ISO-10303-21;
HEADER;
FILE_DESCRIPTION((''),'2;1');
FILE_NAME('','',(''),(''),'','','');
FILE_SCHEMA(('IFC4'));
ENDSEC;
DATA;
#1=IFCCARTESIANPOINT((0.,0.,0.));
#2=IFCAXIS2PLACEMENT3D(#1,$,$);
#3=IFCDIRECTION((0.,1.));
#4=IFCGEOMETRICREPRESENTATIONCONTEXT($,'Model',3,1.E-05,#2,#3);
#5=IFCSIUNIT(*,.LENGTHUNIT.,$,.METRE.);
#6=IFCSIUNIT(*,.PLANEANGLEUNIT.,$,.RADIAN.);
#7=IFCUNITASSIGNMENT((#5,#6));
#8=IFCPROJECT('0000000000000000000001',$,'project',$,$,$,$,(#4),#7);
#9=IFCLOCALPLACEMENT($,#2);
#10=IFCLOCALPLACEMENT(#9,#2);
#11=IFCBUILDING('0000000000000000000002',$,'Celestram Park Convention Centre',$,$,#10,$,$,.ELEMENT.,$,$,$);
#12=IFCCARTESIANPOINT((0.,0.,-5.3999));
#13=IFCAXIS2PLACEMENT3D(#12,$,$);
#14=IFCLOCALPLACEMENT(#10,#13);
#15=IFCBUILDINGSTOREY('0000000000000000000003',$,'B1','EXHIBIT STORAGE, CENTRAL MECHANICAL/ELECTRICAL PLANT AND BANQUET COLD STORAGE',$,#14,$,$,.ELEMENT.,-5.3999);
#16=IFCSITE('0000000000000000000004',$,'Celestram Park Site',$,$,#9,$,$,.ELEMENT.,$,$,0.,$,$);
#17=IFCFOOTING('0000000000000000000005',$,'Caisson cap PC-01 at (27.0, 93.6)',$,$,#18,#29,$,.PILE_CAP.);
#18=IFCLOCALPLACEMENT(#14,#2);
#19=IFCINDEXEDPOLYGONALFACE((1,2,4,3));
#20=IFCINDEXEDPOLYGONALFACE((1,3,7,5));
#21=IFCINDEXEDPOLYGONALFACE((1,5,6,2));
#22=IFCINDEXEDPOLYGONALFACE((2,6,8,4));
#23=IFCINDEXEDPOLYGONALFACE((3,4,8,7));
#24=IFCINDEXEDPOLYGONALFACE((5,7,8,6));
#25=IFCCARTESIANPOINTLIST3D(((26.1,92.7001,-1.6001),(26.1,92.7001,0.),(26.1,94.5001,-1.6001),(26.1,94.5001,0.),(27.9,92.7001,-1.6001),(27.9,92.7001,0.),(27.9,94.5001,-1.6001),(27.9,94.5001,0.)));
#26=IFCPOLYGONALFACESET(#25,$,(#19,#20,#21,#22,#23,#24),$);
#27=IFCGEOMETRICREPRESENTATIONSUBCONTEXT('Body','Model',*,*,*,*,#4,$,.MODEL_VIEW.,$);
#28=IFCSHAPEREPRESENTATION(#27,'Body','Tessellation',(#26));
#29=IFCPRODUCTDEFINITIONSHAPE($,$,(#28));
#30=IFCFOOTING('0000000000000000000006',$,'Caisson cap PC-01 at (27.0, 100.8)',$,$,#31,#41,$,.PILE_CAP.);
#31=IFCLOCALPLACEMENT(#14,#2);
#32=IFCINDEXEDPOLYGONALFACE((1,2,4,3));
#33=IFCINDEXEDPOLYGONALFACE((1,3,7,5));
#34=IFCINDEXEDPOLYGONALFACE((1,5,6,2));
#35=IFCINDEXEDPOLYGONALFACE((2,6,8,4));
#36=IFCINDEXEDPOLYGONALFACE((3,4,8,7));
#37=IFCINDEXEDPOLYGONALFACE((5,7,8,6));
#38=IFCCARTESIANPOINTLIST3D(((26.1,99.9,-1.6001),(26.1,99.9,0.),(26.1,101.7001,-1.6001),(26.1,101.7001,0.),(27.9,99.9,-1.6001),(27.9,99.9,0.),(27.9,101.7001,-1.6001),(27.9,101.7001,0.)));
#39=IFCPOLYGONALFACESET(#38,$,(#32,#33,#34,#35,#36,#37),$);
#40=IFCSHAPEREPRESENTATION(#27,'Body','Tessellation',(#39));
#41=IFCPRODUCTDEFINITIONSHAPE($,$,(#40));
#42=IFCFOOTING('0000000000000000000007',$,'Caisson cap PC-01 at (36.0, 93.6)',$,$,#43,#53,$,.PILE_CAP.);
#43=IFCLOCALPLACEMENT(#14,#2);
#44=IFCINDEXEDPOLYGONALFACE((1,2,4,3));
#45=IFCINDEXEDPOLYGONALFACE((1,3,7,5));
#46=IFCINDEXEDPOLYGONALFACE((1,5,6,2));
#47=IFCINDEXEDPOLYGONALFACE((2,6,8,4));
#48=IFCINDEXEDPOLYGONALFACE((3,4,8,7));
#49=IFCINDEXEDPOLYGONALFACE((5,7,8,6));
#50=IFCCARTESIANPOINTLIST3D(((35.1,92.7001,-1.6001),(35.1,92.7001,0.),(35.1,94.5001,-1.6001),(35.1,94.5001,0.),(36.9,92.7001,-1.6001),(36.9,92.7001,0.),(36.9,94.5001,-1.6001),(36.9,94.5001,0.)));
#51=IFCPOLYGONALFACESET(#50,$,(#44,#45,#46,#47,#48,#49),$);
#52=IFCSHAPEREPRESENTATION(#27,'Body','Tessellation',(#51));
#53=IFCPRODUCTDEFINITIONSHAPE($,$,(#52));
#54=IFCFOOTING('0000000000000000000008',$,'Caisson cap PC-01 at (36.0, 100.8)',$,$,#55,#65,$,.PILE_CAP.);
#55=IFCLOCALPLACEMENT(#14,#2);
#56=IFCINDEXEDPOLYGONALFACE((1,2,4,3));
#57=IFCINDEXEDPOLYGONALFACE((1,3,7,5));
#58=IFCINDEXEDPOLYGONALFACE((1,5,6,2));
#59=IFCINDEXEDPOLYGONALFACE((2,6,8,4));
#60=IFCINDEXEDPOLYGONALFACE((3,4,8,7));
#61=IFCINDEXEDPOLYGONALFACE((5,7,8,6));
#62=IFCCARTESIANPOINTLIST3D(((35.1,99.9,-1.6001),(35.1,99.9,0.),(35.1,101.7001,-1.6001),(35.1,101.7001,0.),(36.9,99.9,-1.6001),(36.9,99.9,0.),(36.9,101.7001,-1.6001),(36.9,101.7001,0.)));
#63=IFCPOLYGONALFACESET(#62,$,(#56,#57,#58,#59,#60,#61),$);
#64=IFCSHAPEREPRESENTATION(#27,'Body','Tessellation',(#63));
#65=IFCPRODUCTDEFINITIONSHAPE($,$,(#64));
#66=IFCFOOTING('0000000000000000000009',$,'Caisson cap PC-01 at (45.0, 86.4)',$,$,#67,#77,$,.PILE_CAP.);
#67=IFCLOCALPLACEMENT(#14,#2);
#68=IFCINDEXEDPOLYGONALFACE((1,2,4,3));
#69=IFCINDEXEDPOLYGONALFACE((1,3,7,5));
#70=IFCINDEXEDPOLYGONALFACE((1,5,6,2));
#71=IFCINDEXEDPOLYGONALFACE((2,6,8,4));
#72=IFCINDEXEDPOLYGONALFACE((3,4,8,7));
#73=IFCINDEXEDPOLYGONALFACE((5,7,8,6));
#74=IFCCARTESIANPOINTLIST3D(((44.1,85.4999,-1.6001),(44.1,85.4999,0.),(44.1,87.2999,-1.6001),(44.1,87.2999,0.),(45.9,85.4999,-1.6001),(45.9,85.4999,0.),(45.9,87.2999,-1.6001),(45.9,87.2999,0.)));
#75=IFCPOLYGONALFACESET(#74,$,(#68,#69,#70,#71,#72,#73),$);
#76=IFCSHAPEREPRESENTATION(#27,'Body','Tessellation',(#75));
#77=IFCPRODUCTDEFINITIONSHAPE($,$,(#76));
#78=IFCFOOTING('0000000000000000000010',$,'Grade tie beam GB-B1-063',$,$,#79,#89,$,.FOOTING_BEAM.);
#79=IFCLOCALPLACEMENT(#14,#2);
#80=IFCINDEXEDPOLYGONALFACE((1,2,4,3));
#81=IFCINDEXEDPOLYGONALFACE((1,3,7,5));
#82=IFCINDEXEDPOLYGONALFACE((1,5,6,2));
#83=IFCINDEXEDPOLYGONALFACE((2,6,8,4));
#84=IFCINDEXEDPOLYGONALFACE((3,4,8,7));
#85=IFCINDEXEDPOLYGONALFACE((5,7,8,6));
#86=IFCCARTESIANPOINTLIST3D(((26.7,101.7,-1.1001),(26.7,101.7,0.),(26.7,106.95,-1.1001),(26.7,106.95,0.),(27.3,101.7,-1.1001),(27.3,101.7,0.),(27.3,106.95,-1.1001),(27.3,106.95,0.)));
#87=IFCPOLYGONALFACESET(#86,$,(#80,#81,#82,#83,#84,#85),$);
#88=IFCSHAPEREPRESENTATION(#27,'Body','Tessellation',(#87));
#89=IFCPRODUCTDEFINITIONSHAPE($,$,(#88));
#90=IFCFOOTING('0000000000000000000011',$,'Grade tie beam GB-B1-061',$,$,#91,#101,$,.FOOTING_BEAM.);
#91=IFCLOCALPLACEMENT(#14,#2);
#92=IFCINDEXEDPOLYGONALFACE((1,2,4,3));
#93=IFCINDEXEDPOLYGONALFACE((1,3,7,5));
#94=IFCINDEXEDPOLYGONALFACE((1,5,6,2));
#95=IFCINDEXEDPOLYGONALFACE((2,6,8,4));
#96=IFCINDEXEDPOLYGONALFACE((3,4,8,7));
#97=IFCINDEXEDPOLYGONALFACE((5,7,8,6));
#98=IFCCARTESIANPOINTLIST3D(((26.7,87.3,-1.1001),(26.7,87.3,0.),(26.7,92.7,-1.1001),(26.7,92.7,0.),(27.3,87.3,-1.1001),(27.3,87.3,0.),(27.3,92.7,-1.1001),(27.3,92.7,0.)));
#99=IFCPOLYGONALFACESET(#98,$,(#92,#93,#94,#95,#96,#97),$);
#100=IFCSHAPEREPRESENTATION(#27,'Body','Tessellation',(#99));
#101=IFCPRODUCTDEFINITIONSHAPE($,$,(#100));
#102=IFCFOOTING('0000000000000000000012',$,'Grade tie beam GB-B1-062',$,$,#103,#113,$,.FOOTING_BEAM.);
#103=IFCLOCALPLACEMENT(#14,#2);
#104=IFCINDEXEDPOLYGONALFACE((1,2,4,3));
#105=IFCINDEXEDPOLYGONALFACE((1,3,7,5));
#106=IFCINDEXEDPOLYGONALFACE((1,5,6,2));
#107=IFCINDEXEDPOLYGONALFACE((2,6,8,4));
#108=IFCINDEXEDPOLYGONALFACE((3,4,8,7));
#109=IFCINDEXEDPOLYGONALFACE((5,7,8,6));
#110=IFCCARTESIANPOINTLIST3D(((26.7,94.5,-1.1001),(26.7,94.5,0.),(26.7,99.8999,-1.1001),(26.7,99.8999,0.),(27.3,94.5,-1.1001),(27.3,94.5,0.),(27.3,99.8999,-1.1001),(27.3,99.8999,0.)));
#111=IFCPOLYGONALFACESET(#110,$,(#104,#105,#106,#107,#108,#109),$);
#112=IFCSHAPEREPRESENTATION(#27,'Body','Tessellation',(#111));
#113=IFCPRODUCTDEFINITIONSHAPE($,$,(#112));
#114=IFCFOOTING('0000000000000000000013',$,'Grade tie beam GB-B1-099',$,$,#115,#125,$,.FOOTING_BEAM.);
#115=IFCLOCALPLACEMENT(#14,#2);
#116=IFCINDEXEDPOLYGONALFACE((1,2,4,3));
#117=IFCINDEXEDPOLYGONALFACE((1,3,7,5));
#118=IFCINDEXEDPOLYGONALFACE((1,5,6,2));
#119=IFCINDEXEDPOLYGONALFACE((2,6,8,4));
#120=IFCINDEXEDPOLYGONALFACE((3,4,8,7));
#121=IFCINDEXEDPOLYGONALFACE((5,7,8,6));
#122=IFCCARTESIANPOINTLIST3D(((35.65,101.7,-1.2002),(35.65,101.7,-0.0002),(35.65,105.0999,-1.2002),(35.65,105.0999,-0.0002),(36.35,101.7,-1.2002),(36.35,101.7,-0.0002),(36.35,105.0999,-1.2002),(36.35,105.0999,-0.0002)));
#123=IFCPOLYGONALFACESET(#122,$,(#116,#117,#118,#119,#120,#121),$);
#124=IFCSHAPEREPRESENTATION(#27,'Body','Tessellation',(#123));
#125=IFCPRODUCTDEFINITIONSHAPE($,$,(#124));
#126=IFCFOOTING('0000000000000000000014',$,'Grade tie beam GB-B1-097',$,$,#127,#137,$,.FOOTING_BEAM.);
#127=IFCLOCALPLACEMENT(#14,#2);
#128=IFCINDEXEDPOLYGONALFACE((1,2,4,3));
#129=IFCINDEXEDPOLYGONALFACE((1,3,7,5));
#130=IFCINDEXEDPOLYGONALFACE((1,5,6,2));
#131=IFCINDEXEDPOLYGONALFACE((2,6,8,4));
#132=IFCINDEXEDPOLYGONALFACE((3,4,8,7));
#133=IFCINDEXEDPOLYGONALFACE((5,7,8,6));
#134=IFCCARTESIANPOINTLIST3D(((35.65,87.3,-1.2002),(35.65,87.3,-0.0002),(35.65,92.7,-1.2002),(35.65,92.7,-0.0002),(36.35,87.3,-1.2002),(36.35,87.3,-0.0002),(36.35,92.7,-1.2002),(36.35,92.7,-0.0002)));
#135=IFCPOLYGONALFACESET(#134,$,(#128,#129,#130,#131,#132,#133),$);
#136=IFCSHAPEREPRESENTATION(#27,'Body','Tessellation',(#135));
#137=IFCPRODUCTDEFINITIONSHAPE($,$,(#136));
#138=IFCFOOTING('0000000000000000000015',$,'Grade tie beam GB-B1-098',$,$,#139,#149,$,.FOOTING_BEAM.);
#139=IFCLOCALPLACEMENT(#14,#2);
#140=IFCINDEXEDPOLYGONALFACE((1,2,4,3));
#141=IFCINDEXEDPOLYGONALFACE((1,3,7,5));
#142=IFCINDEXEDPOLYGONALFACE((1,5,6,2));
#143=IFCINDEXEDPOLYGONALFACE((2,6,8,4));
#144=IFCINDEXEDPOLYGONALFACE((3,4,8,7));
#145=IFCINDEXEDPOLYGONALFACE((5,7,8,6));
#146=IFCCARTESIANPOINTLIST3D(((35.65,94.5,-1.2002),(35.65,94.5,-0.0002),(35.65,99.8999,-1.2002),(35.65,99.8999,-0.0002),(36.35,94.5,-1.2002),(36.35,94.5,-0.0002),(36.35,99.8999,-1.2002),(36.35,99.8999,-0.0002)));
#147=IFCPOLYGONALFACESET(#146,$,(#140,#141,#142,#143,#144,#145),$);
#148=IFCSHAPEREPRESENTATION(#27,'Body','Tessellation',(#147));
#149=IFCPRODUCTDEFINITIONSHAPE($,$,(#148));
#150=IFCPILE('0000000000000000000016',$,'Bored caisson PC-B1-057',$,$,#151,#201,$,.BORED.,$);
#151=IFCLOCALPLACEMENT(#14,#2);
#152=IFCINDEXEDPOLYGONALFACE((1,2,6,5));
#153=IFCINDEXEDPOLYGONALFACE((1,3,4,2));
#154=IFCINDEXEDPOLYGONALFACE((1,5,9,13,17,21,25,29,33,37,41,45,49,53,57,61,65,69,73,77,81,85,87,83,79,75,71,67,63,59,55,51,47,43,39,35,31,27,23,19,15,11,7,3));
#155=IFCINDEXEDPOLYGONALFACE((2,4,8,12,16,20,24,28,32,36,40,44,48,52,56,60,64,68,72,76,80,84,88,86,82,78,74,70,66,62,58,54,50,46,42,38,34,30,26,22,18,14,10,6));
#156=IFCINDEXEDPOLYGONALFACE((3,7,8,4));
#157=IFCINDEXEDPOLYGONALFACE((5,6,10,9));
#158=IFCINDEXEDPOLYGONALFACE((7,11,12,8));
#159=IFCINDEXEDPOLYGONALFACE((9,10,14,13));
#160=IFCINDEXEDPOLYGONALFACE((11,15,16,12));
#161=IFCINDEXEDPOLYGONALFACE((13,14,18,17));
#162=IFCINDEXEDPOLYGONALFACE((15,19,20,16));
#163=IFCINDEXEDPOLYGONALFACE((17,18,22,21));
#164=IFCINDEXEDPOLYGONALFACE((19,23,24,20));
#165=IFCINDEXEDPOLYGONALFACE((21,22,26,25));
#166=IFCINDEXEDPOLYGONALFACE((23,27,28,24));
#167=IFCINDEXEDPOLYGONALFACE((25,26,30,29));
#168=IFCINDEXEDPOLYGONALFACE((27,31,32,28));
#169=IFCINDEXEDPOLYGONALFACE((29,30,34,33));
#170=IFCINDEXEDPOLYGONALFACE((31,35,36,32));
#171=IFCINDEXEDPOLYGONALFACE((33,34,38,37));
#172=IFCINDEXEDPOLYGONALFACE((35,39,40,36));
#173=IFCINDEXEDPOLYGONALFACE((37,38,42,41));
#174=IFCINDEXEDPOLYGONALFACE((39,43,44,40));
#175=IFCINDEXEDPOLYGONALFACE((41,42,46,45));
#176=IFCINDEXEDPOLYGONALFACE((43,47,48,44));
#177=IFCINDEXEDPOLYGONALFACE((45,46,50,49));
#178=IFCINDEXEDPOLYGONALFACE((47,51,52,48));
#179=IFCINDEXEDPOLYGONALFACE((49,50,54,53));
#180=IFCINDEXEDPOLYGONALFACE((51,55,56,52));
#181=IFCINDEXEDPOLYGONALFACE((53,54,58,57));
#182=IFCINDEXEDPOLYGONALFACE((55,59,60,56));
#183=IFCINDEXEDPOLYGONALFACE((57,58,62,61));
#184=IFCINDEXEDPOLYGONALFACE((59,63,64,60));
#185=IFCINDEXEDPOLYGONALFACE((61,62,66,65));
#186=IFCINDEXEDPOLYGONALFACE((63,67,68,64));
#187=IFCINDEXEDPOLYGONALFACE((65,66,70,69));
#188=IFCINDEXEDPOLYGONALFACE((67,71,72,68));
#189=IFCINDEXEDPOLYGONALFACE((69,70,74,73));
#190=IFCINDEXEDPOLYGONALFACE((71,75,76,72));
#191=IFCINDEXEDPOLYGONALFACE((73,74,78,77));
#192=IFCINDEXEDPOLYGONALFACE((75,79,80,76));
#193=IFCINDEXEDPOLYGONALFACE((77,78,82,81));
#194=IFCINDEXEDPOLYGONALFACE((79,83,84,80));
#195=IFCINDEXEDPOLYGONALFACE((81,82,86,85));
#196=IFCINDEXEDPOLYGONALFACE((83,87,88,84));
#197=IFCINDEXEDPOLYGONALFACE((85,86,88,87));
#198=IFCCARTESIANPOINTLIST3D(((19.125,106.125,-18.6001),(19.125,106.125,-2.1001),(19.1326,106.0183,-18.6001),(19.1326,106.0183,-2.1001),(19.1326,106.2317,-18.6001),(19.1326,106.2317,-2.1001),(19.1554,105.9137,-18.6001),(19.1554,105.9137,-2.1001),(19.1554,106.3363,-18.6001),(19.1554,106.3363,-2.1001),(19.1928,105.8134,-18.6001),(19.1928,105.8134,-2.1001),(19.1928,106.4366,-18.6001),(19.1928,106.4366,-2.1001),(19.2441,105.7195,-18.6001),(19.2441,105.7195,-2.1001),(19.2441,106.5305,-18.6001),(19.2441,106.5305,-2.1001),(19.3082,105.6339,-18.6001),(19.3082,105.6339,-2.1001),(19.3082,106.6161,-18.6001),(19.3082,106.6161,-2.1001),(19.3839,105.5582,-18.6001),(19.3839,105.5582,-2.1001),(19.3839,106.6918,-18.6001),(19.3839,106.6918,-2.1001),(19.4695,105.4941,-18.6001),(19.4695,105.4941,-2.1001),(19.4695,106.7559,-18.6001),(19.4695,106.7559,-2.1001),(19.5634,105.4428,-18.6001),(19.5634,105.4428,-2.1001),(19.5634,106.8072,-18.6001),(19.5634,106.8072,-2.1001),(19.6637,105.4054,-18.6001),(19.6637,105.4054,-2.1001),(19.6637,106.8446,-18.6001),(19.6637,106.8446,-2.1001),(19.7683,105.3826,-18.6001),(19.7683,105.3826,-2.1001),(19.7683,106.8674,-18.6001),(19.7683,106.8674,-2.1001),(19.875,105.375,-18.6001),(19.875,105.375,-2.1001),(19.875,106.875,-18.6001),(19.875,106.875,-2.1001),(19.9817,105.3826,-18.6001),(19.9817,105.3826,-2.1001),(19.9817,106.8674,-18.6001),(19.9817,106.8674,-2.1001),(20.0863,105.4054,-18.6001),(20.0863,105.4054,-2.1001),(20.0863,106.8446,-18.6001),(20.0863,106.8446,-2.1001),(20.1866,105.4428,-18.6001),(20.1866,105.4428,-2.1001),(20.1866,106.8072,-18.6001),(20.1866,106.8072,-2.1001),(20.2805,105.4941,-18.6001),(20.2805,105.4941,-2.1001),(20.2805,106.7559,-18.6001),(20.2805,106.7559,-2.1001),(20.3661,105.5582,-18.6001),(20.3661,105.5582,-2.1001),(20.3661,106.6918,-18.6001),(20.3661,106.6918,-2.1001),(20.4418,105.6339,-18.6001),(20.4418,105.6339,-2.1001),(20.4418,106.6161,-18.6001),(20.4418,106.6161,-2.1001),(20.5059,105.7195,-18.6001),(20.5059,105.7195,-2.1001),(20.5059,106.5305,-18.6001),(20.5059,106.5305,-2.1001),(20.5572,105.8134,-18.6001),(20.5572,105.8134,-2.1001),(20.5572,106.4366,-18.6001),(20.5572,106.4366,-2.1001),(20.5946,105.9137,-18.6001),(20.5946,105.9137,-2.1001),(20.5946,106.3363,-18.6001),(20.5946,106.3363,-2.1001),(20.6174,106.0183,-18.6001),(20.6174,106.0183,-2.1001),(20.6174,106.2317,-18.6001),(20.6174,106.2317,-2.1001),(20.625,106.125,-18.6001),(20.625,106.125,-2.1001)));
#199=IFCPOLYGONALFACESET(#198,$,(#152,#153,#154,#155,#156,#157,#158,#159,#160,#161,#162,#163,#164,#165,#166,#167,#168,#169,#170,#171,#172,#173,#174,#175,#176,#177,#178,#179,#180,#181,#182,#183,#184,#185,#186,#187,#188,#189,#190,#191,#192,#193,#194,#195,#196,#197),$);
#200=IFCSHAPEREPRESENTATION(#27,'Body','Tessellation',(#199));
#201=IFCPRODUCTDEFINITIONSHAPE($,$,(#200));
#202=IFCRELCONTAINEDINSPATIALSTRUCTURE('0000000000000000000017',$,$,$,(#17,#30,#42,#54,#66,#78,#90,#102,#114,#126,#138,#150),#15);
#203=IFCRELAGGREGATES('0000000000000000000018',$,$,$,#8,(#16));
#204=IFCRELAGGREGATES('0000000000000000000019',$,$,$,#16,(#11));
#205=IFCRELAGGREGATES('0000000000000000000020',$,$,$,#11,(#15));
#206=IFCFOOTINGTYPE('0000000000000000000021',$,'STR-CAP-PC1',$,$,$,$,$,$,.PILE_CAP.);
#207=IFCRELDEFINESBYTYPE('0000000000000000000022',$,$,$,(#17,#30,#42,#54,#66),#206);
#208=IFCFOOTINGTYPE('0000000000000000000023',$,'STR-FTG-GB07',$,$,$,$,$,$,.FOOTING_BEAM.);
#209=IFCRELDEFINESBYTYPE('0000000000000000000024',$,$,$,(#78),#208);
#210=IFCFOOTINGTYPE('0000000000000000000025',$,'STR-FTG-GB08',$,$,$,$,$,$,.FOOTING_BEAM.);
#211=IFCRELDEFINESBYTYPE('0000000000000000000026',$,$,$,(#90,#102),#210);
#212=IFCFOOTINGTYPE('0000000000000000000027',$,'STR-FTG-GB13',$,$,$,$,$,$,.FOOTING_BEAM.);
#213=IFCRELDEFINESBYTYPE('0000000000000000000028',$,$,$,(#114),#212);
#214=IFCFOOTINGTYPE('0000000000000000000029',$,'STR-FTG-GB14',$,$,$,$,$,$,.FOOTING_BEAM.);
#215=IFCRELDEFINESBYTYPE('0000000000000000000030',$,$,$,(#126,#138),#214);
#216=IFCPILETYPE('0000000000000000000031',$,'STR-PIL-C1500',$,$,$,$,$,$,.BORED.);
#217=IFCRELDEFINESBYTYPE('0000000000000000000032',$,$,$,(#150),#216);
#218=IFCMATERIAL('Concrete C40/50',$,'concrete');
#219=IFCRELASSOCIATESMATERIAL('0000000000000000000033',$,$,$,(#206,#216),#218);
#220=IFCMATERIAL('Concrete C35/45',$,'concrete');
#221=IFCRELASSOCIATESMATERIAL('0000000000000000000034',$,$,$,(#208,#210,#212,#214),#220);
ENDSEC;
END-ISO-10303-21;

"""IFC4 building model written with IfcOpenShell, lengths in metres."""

from ifc_helpers import new_model, si_unit, direction, frame, origin, origin_2d, place, context, subcontext, project, spatial, rectangle, circle, extrude, material, material_profile, profile_set, type_object, element, save


model = new_model("IFC4")

# Units and contexts
model_context = context("Model", 3, precision=1e-05, world=origin(), true_north=direction((0.0, 1.0)))
body_context = subcontext(model_context, "Body", "Model", "MODEL_VIEW")
ifc_project = project(units=[si_unit("LENGTHUNIT", "METRE"), si_unit("PLANEANGLEUNIT", "RADIAN")], contexts=[model_context])

# Site, building, storey
site_placement = place(None, origin())
site = spatial("IfcSite", under=ifc_project, at=site_placement, Name="Celestram Park Site", CompositionType="ELEMENT", RefElevation=0.0)
building_placement = place(site_placement, origin())
building = spatial("IfcBuilding", under=site, at=building_placement, Name="Celestram Park Convention Centre", CompositionType="ELEMENT")
storey_placement = place(building_placement, frame((0.0, 0.0, -5.3999)))
storey = spatial("IfcBuildingStorey", under=building, at=storey_placement, Name="B1", Description="EXHIBIT STORAGE, CENTRAL MECHANICAL/ELECTRICAL PLANT AND BANQUET COLD STORAGE", CompositionType="ELEMENT", Elevation=-5.3999)

# Footings
ifc_material_1 = material(Name="Concrete C40/50", Category="concrete")
footing_type_1 = type_object("IfcFootingType", Name="STR-CAP-PC1", PredefinedType="PILE_CAP", material=ifc_material_1)
for number, where, z_axis, x_axis, name in (
    (1, (27.0, 93.6001, -1.6001), (0.0, 0.0, 1.0), (1.0, 0.0, 0.0), "Caisson cap PC-01 at (27.0, 93.6)"),
    (2, (27.0, 100.8, -1.6001), (0.0, 0.0, 1.0), (1.0, 0.0, 0.0), "Caisson cap PC-01 at (27.0, 100.8)"),
    (3, (36.0, 93.6001, -1.6001), (0.0, 0.0, 1.0), (1.0, 0.0, 0.0), "Caisson cap PC-01 at (36.0, 93.6)"),
    (4, (36.0, 100.8, -1.6001), (0.0, 0.0, 1.0), (1.0, 0.0, 0.0), "Caisson cap PC-01 at (36.0, 100.8)"),
    (5, (45.0, 86.3999, -1.6001), (0.0, 0.0, 1.0), (1.0, 0.0, 0.0), "Caisson cap PC-01 at (45.0, 86.4)"),
):
    element("IfcFooting", number, at=place(storey_placement, frame(where, z_axis=z_axis, x_axis=x_axis)), inside=storey, type_object=footing_type_1, Name=name, PredefinedType="PILE_CAP", context=body_context, shape_type="SweptSolid", body=[
        extrude(rectangle(XDim=1.8, YDim=1.8, at=origin_2d()), origin(), (0.0, 0.0, 1.0), 1.6001),
    ])
ifc_material_2 = material(Name="Concrete C35/45", Category="concrete")
footing_type_2 = type_object("IfcFootingType", Name="STR-FTG-GB07", PredefinedType="FOOTING_BEAM", material=ifc_material_2)
footing_1_placement = place(storey_placement, frame((27.0, 104.325, -1.1001), z_axis=(0.0, 0.0, 1.0), x_axis=(0.0, 1.0, 0.0)))
element("IfcFooting", 6, at=footing_1_placement, inside=storey, type_object=footing_type_2, Name="Grade tie beam GB-B1-063", PredefinedType="FOOTING_BEAM", context=body_context, shape_type="SweptSolid", body=[
    extrude(rectangle(XDim=5.25, YDim=0.6001, at=origin_2d()), origin(), (0.0, 0.0, 1.0), 1.1001),
])
footing_type_3 = type_object("IfcFootingType", Name="STR-FTG-GB08", PredefinedType="FOOTING_BEAM", material=ifc_material_2)
for number, where, z_axis, x_axis, name in (
    (7, (27.0, 90.0, -1.1001), (0.0, 0.0, 1.0), (0.0, 1.0, 0.0), "Grade tie beam GB-B1-061"),
    (8, (27.0, 97.2, -1.1001), (0.0, 0.0, 1.0), (0.0, 1.0, 0.0), "Grade tie beam GB-B1-062"),
):
    element("IfcFooting", number, at=place(storey_placement, frame(where, z_axis=z_axis, x_axis=x_axis)), inside=storey, type_object=footing_type_3, Name=name, PredefinedType="FOOTING_BEAM", context=body_context, shape_type="SweptSolid", body=[
        extrude(rectangle(XDim=5.3999, YDim=0.6001, at=origin_2d()), origin(), (0.0, 0.0, 1.0), 1.1001),
    ])
footing_type_4 = type_object("IfcFootingType", Name="STR-FTG-GB13", PredefinedType="FOOTING_BEAM", material=ifc_material_2)
footing_2_placement = place(storey_placement, frame((36.0, 103.3999, -1.2002), z_axis=(0.0, 0.0, 1.0), x_axis=(0.0, 1.0, 0.0)))
element("IfcFooting", 9, at=footing_2_placement, inside=storey, type_object=footing_type_4, Name="Grade tie beam GB-B1-099", PredefinedType="FOOTING_BEAM", context=body_context, shape_type="SweptSolid", body=[
    extrude(rectangle(XDim=3.3999, YDim=0.7, at=origin_2d()), origin(), (0.0, 0.0, 1.0), 1.2),
])
footing_type_5 = type_object("IfcFootingType", Name="STR-FTG-GB14", PredefinedType="FOOTING_BEAM", material=ifc_material_2)
for number, where, z_axis, x_axis, name in (
    (10, (36.0, 90.0, -1.2002), (0.0, 0.0, 1.0), (0.0, 1.0, 0.0), "Grade tie beam GB-B1-097"),
    (11, (36.0, 97.2, -1.2002), (0.0, 0.0, 1.0), (0.0, 1.0, 0.0), "Grade tie beam GB-B1-098"),
):
    element("IfcFooting", number, at=place(storey_placement, frame(where, z_axis=z_axis, x_axis=x_axis)), inside=storey, type_object=footing_type_5, Name=name, PredefinedType="FOOTING_BEAM", context=body_context, shape_type="SweptSolid", body=[
        extrude(rectangle(XDim=5.3999, YDim=0.7, at=origin_2d()), origin(), (0.0, 0.0, 1.0), 1.2),
    ])

# Pile
ifc_material_profile_1 = material_profile(ifc_material_1, circle(Radius=0.75, at=origin_2d()), Name="CAISSON1500")
ifc_profile_set_1 = profile_set([ifc_material_profile_1], Name="Concrete C40/50")
pile_type_1 = type_object("IfcPileType", Name="STR-PIL-C1500", PredefinedType="BORED", material=ifc_profile_set_1)
for number, where, z_axis, x_axis, name in (
    (12, (19.875, 106.125, -2.1001), (0.0, 0.0, -1.0), (1.0, 0.0, 0.0), "Bored caisson PC-B1-057"),
):
    element("IfcPile", number, at=place(storey_placement, frame(where, z_axis=z_axis, x_axis=x_axis)), inside=storey, type_object=pile_type_1, Name=name, PredefinedType="BORED", context=body_context, shape_type="SweptSolid", body=[
        extrude(circle(Radius=0.75, at=origin_2d()), origin(), (0.0, 0.0, 1.0), 16.5),
    ])

save(model, "model.ifc")
